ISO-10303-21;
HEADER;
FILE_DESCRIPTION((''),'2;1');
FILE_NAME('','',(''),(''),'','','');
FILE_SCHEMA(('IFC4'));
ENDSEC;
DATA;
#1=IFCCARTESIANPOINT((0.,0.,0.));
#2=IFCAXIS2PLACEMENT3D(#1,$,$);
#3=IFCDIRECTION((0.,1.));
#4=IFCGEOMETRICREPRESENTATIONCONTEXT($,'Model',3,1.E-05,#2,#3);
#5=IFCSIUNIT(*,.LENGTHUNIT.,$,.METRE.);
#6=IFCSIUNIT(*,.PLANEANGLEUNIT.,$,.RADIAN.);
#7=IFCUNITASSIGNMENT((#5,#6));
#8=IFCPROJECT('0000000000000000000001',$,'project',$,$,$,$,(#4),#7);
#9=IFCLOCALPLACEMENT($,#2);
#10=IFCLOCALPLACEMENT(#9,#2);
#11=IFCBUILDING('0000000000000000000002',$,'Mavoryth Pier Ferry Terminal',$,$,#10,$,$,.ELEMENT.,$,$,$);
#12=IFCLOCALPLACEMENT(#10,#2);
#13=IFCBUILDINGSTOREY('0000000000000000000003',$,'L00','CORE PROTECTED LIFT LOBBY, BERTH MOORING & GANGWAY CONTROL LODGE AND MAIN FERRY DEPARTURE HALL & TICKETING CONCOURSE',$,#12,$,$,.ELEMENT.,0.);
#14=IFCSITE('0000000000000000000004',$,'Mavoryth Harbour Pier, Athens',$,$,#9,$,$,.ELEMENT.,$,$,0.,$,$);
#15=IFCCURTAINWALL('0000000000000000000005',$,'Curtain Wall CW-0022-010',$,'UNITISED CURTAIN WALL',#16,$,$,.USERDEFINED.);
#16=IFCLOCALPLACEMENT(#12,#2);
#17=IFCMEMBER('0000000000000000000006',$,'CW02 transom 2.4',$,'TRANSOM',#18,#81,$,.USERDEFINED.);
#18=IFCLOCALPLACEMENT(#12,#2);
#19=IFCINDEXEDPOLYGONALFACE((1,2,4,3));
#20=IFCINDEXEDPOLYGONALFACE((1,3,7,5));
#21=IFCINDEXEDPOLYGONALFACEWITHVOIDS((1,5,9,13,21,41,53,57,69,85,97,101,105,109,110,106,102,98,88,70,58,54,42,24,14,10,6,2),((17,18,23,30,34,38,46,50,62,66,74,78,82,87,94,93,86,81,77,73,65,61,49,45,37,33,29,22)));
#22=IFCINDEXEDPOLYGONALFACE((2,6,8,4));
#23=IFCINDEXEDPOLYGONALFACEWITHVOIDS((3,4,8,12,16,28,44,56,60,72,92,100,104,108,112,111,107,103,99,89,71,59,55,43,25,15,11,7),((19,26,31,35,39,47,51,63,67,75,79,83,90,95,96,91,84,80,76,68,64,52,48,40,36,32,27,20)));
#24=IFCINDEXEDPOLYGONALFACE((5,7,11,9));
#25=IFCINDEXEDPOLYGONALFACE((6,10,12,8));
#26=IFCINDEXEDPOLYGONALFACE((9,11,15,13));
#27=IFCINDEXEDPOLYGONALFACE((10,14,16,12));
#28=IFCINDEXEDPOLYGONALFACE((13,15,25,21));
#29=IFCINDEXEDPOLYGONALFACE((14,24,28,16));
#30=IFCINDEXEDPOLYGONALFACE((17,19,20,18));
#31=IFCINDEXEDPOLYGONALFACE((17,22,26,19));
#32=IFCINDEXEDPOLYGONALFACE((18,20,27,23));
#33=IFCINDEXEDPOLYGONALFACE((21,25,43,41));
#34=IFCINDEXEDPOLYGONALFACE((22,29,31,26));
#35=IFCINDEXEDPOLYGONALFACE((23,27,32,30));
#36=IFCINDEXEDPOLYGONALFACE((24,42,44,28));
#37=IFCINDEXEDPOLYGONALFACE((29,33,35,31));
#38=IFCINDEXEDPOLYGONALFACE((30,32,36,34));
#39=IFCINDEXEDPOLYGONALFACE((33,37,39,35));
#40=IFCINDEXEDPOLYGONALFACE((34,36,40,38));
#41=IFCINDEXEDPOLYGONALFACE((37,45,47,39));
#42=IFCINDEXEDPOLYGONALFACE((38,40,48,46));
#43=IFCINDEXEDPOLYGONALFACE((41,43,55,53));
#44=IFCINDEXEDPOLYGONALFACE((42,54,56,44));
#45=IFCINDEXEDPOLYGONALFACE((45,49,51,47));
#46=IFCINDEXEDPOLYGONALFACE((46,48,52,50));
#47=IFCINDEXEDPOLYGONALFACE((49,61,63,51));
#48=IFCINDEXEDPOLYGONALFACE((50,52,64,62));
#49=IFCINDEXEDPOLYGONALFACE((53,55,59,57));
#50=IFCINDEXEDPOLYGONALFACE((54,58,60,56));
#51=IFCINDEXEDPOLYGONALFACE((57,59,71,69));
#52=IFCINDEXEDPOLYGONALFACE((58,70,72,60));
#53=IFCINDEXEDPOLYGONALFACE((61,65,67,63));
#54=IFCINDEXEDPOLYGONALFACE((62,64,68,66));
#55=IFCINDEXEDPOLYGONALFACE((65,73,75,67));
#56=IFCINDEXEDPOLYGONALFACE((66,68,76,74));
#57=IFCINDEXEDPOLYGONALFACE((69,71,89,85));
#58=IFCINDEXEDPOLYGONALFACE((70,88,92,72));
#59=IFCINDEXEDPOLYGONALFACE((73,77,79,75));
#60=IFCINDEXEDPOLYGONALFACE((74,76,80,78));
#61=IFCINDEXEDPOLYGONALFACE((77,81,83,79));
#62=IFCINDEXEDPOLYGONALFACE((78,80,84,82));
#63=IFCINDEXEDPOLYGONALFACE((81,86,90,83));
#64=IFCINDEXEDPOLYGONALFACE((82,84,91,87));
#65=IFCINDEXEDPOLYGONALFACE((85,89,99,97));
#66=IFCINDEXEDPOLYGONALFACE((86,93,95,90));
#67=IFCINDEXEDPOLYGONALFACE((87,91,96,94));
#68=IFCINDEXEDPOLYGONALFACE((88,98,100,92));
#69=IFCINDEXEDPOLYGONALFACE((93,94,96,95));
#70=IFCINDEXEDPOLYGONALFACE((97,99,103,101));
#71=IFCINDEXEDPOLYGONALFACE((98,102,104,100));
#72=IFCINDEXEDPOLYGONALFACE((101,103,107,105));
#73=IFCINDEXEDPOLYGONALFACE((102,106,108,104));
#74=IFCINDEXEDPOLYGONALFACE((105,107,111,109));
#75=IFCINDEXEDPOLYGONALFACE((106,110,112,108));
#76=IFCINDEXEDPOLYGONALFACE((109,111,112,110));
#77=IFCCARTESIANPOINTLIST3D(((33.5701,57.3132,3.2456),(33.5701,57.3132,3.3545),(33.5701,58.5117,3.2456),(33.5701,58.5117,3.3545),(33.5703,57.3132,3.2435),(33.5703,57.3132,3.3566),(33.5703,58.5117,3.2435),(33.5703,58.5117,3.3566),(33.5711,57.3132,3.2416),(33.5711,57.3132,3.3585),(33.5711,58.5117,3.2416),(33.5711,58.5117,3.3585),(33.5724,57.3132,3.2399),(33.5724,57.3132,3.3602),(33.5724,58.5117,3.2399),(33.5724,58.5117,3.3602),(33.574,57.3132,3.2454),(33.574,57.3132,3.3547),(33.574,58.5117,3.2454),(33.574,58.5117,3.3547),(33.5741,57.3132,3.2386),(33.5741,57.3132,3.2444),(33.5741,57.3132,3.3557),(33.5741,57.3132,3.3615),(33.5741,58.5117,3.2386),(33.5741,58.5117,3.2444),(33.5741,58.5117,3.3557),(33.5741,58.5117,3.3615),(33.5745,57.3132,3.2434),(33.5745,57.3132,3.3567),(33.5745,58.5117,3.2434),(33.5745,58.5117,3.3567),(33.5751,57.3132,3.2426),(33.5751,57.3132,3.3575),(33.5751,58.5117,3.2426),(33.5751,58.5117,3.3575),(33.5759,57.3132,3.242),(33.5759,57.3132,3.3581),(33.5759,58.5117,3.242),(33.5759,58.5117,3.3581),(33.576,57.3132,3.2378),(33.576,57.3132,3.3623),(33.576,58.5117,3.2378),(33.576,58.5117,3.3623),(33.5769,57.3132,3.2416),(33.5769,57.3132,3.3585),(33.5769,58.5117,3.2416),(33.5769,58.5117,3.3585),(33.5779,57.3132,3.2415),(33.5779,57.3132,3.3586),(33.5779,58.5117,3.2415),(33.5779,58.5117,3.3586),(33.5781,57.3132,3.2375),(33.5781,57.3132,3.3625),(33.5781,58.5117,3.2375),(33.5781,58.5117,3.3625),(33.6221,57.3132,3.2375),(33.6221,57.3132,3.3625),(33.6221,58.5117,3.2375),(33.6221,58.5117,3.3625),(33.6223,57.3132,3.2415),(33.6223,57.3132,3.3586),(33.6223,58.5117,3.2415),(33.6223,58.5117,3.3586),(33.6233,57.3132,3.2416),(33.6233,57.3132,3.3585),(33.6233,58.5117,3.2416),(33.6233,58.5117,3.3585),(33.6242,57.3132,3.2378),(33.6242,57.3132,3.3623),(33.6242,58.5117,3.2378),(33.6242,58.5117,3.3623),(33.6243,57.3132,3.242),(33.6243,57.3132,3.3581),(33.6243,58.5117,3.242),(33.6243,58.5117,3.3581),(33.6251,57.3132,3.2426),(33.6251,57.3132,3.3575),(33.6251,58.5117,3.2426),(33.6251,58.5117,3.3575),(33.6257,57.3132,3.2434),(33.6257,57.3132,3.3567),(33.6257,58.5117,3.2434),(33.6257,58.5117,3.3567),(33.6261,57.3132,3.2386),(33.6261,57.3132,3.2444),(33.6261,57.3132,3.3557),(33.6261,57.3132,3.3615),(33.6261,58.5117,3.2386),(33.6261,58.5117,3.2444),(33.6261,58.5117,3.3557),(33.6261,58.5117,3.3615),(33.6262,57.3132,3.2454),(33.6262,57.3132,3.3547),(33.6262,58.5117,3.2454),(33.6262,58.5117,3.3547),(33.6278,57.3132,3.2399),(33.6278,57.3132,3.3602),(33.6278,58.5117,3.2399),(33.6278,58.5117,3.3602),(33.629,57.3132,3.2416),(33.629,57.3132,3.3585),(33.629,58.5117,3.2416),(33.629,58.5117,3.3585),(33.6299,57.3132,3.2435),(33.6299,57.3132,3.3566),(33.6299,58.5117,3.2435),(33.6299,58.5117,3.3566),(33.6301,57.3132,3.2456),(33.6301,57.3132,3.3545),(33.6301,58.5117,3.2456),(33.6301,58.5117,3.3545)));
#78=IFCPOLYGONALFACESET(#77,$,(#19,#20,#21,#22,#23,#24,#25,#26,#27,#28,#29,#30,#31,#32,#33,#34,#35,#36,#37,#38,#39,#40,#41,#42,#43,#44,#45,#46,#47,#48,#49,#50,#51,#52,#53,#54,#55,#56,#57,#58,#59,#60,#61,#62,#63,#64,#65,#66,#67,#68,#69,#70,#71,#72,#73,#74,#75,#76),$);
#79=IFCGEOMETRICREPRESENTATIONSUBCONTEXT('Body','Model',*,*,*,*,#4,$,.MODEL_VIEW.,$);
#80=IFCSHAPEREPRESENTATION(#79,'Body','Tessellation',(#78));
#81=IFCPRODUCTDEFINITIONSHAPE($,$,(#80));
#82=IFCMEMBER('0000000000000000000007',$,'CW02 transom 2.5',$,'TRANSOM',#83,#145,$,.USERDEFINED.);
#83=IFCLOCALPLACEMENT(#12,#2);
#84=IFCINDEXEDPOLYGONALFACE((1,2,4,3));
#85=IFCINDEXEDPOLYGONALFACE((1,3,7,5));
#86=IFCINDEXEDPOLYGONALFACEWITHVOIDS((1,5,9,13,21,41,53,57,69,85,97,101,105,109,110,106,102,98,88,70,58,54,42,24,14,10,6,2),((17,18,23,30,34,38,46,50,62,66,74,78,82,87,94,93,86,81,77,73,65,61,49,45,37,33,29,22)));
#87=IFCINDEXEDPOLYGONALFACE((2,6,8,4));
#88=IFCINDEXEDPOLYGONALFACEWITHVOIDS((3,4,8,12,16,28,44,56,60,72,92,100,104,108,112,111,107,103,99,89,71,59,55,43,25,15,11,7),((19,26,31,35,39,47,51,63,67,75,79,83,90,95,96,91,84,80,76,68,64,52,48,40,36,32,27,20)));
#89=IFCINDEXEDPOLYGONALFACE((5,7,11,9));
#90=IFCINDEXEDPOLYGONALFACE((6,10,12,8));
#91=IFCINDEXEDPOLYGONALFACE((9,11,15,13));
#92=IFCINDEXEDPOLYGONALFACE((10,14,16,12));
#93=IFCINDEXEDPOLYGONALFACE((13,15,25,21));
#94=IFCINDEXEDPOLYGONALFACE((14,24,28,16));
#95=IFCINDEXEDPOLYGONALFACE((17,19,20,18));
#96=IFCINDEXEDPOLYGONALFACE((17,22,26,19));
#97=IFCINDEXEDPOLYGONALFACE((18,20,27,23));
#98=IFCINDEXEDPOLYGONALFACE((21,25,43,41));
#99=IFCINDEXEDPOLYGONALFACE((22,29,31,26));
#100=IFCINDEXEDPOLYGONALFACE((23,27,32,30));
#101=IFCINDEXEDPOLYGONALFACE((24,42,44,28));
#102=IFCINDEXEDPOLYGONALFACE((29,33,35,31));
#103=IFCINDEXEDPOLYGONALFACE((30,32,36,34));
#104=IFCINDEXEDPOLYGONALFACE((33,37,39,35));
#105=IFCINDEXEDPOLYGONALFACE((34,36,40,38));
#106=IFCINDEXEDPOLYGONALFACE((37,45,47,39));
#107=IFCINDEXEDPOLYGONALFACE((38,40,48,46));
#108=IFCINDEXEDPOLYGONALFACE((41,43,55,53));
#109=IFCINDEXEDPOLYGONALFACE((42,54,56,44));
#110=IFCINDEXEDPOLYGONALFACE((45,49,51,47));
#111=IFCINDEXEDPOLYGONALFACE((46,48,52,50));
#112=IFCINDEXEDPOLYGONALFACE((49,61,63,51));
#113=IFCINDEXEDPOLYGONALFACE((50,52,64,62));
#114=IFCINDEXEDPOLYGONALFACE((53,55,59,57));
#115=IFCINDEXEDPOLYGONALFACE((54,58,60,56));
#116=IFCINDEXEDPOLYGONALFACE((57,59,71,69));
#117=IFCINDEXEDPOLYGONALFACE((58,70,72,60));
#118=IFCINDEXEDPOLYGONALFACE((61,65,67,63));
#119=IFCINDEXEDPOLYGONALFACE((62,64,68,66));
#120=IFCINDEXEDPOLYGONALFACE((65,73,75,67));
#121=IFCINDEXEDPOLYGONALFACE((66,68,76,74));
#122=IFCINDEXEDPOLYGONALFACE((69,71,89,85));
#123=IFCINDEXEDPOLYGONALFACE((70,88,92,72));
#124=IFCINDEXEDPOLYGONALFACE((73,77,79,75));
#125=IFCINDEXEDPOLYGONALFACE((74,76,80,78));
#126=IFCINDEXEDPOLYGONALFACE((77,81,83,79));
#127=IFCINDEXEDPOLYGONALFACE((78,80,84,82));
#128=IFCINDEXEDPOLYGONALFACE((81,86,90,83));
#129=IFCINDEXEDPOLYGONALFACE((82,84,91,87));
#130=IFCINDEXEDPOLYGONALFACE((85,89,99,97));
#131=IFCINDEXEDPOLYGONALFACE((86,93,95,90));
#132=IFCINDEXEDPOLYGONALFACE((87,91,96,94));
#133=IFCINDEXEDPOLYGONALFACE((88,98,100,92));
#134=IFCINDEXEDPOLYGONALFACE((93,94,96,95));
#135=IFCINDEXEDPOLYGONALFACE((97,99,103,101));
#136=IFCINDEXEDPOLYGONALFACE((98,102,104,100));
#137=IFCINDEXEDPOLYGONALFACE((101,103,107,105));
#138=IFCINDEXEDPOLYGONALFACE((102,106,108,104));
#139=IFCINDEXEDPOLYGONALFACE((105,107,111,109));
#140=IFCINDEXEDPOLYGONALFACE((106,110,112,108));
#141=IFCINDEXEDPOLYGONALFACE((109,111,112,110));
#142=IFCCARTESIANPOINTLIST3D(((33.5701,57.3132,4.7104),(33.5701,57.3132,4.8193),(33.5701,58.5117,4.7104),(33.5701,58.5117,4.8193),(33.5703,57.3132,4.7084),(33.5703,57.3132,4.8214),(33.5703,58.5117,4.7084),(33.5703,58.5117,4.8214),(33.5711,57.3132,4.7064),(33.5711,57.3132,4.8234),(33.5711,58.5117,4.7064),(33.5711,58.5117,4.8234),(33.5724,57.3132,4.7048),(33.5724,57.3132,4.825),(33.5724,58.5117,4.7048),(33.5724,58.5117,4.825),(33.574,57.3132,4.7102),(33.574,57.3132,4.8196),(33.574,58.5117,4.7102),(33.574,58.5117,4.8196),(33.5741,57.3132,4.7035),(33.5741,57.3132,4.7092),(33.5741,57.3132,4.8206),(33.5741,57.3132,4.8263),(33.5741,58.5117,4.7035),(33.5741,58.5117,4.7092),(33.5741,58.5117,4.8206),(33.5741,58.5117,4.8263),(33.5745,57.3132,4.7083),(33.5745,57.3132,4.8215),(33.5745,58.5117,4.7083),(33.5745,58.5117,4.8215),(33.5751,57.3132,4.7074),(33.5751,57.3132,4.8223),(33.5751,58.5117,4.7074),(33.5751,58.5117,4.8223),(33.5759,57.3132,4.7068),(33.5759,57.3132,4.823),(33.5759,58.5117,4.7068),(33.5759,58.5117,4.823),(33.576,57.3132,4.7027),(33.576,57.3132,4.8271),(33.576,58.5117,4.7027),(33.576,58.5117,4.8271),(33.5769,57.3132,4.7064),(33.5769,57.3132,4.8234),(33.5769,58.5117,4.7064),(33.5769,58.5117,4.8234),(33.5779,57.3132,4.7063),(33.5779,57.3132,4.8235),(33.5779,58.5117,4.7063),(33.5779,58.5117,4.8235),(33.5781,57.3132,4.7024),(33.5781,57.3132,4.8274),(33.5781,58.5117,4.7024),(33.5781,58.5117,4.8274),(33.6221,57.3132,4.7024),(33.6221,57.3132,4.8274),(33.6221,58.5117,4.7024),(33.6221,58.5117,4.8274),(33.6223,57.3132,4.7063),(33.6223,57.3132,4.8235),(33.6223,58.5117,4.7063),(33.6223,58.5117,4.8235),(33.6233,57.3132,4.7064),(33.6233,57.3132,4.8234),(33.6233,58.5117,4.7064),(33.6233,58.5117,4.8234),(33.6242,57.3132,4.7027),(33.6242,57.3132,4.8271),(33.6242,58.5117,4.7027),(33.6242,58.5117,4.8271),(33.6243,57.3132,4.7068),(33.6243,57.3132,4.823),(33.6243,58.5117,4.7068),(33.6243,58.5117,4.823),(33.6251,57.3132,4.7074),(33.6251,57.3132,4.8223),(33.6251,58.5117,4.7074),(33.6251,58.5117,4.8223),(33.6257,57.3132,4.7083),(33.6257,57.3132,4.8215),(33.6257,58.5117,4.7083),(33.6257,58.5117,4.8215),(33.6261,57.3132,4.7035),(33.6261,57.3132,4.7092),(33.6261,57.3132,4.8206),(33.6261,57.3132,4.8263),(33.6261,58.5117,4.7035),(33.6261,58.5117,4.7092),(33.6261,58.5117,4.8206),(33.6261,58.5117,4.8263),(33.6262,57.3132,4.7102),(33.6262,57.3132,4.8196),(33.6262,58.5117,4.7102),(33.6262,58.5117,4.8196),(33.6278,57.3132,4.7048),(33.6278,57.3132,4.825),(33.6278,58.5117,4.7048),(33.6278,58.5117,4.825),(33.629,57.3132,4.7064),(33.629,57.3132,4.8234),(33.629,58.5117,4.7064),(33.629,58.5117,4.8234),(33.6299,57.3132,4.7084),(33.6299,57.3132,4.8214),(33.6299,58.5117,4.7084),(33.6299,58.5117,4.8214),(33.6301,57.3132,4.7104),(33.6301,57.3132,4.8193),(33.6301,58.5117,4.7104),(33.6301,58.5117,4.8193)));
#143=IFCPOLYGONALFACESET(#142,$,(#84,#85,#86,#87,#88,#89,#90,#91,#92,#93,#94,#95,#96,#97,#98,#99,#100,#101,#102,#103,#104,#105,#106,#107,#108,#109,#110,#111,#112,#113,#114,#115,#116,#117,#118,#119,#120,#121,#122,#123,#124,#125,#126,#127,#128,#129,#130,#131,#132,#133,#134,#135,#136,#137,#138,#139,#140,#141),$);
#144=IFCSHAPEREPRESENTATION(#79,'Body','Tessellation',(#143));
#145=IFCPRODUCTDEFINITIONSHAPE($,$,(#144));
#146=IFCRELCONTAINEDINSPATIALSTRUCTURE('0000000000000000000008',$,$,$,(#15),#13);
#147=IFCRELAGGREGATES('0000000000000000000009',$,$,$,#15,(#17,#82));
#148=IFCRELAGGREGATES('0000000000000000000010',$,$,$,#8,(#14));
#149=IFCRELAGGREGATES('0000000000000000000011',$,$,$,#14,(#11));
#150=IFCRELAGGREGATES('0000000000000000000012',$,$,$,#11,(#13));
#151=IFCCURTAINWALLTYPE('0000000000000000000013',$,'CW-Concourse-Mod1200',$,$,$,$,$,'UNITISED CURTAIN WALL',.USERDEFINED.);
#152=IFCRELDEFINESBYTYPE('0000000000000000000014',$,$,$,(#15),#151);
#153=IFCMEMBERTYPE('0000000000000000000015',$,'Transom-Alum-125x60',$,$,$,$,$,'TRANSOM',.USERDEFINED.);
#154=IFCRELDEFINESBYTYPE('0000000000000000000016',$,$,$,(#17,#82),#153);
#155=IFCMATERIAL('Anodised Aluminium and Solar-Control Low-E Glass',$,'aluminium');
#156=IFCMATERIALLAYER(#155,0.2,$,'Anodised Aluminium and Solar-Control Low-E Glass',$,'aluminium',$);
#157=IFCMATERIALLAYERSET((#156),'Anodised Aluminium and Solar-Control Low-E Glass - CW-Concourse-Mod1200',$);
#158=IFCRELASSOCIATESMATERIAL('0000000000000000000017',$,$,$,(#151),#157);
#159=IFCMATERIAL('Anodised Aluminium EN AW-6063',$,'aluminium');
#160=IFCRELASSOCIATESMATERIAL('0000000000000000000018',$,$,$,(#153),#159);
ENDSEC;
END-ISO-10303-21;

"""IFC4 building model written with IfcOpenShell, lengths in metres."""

from ifc_helpers import new_model, si_unit, direction, frame, origin, origin_2d, place, context, subcontext, project, spatial, hollow_rectangle, extrude, material, layer, layer_set, material_profile, profile_set, type_object, element, aggregate, save


model = new_model("IFC4")

# Units and contexts
model_context = context("Model", 3, precision=1e-05, world=origin(), true_north=direction((0.0, 1.0)))
body_context = subcontext(model_context, "Body", "Model", "MODEL_VIEW")
ifc_project = project(units=[si_unit("LENGTHUNIT", "METRE"), si_unit("PLANEANGLEUNIT", "RADIAN")], contexts=[model_context])

# Site, building, storey
site_placement = place(None, origin())
site = spatial("IfcSite", under=ifc_project, at=site_placement, Name="Mavoryth Harbour Pier, Athens", CompositionType="ELEMENT", RefElevation=0.0)
building_placement = place(site_placement, origin())
building = spatial("IfcBuilding", under=site, at=building_placement, Name="Mavoryth Pier Ferry Terminal", CompositionType="ELEMENT")
storey_placement = place(building_placement, origin())
storey = spatial("IfcBuildingStorey", under=building, at=storey_placement, Name="L00", Description="CORE PROTECTED LIFT LOBBY, BERTH MOORING & GANGWAY CONTROL LODGE AND MAIN FERRY DEPARTURE HALL & TICKETING CONCOURSE", CompositionType="ELEMENT", Elevation=0.0)

# Curtain wall, members
ifc_material_1 = material(Name="Anodised Aluminium and Solar-Control Low-E Glass", Category="aluminium")
ifc_layer_1 = layer(ifc_material_1, 0.2, Name="Anodised Aluminium and Solar-Control Low-E Glass", Category="aluminium")
ifc_layer_set_1 = layer_set([ifc_layer_1], Name="Anodised Aluminium and Solar-Control Low-E Glass - CW-Concourse-Mod1200")
curtain_wall_type = type_object("IfcCurtainWallType", Name="CW-Concourse-Mod1200", ElementType="UNITISED CURTAIN WALL", PredefinedType="USERDEFINED", material=ifc_layer_set_1)
curtain_wall_placement = place(storey_placement, origin())
curtain_wall = element("IfcCurtainWall", 1, at=curtain_wall_placement, inside=storey, type_object=curtain_wall_type, Name="Curtain Wall CW-0022-010", ObjectType="UNITISED CURTAIN WALL", PredefinedType="USERDEFINED")
ifc_material_2 = material(Name="Anodised Aluminium EN AW-6063", Category="aluminium")
ifc_material_profile_1 = material_profile(ifc_material_2, hollow_rectangle(XDim=0.0601, YDim=0.125, WallThickness=0.0039, InnerFilletRadius=0.0039, OuterFilletRadius=0.0081, at=origin_2d()), Name="AL-TRAN 125x60x4", Category="aluminium")
ifc_profile_set_1 = profile_set([ifc_material_profile_1], Name="Anodised Aluminium EN AW-6063 - AL-TRAN 125x60x4")
member_type_1 = type_object("IfcMemberType", Name="Transom-Alum-125x60", ElementType="TRANSOM", PredefinedType="USERDEFINED", material=ifc_profile_set_1)
member_1_placement = place(storey_placement, frame((33.6001, 57.3132, 3.3), z_axis=(0.0, 1.0, 0.0), x_axis=(-1.0, 0.0, 0.0)))
member_1 = element("IfcMember", 2, at=member_1_placement, type_object=member_type_1, Name="CW02 transom 2.4", ObjectType="TRANSOM", PredefinedType="USERDEFINED", context=body_context, shape_type="SweptSolid", body=[
    extrude(hollow_rectangle(XDim=0.0601, YDim=0.125, WallThickness=0.0039, InnerFilletRadius=0.0039, OuterFilletRadius=0.0081, at=origin_2d()), origin(), (0.0, 0.0, 1.0), 1.1985),
])
member_2_placement = place(storey_placement, frame((33.6001, 57.3132, 4.7649), z_axis=(0.0, 1.0, 0.0), x_axis=(-1.0, 0.0, 0.0)))
member_2 = element("IfcMember", 3, at=member_2_placement, type_object=member_type_1, Name="CW02 transom 2.5", ObjectType="TRANSOM", PredefinedType="USERDEFINED", context=body_context, shape_type="SweptSolid", body=[
    extrude(hollow_rectangle(XDim=0.0601, YDim=0.125, WallThickness=0.0039, InnerFilletRadius=0.0039, OuterFilletRadius=0.0081, at=origin_2d()), origin(), (0.0, 0.0, 1.0), 1.1985),
])
aggregate(curtain_wall, [member_1, member_2])

save(model, "model.ifc")
